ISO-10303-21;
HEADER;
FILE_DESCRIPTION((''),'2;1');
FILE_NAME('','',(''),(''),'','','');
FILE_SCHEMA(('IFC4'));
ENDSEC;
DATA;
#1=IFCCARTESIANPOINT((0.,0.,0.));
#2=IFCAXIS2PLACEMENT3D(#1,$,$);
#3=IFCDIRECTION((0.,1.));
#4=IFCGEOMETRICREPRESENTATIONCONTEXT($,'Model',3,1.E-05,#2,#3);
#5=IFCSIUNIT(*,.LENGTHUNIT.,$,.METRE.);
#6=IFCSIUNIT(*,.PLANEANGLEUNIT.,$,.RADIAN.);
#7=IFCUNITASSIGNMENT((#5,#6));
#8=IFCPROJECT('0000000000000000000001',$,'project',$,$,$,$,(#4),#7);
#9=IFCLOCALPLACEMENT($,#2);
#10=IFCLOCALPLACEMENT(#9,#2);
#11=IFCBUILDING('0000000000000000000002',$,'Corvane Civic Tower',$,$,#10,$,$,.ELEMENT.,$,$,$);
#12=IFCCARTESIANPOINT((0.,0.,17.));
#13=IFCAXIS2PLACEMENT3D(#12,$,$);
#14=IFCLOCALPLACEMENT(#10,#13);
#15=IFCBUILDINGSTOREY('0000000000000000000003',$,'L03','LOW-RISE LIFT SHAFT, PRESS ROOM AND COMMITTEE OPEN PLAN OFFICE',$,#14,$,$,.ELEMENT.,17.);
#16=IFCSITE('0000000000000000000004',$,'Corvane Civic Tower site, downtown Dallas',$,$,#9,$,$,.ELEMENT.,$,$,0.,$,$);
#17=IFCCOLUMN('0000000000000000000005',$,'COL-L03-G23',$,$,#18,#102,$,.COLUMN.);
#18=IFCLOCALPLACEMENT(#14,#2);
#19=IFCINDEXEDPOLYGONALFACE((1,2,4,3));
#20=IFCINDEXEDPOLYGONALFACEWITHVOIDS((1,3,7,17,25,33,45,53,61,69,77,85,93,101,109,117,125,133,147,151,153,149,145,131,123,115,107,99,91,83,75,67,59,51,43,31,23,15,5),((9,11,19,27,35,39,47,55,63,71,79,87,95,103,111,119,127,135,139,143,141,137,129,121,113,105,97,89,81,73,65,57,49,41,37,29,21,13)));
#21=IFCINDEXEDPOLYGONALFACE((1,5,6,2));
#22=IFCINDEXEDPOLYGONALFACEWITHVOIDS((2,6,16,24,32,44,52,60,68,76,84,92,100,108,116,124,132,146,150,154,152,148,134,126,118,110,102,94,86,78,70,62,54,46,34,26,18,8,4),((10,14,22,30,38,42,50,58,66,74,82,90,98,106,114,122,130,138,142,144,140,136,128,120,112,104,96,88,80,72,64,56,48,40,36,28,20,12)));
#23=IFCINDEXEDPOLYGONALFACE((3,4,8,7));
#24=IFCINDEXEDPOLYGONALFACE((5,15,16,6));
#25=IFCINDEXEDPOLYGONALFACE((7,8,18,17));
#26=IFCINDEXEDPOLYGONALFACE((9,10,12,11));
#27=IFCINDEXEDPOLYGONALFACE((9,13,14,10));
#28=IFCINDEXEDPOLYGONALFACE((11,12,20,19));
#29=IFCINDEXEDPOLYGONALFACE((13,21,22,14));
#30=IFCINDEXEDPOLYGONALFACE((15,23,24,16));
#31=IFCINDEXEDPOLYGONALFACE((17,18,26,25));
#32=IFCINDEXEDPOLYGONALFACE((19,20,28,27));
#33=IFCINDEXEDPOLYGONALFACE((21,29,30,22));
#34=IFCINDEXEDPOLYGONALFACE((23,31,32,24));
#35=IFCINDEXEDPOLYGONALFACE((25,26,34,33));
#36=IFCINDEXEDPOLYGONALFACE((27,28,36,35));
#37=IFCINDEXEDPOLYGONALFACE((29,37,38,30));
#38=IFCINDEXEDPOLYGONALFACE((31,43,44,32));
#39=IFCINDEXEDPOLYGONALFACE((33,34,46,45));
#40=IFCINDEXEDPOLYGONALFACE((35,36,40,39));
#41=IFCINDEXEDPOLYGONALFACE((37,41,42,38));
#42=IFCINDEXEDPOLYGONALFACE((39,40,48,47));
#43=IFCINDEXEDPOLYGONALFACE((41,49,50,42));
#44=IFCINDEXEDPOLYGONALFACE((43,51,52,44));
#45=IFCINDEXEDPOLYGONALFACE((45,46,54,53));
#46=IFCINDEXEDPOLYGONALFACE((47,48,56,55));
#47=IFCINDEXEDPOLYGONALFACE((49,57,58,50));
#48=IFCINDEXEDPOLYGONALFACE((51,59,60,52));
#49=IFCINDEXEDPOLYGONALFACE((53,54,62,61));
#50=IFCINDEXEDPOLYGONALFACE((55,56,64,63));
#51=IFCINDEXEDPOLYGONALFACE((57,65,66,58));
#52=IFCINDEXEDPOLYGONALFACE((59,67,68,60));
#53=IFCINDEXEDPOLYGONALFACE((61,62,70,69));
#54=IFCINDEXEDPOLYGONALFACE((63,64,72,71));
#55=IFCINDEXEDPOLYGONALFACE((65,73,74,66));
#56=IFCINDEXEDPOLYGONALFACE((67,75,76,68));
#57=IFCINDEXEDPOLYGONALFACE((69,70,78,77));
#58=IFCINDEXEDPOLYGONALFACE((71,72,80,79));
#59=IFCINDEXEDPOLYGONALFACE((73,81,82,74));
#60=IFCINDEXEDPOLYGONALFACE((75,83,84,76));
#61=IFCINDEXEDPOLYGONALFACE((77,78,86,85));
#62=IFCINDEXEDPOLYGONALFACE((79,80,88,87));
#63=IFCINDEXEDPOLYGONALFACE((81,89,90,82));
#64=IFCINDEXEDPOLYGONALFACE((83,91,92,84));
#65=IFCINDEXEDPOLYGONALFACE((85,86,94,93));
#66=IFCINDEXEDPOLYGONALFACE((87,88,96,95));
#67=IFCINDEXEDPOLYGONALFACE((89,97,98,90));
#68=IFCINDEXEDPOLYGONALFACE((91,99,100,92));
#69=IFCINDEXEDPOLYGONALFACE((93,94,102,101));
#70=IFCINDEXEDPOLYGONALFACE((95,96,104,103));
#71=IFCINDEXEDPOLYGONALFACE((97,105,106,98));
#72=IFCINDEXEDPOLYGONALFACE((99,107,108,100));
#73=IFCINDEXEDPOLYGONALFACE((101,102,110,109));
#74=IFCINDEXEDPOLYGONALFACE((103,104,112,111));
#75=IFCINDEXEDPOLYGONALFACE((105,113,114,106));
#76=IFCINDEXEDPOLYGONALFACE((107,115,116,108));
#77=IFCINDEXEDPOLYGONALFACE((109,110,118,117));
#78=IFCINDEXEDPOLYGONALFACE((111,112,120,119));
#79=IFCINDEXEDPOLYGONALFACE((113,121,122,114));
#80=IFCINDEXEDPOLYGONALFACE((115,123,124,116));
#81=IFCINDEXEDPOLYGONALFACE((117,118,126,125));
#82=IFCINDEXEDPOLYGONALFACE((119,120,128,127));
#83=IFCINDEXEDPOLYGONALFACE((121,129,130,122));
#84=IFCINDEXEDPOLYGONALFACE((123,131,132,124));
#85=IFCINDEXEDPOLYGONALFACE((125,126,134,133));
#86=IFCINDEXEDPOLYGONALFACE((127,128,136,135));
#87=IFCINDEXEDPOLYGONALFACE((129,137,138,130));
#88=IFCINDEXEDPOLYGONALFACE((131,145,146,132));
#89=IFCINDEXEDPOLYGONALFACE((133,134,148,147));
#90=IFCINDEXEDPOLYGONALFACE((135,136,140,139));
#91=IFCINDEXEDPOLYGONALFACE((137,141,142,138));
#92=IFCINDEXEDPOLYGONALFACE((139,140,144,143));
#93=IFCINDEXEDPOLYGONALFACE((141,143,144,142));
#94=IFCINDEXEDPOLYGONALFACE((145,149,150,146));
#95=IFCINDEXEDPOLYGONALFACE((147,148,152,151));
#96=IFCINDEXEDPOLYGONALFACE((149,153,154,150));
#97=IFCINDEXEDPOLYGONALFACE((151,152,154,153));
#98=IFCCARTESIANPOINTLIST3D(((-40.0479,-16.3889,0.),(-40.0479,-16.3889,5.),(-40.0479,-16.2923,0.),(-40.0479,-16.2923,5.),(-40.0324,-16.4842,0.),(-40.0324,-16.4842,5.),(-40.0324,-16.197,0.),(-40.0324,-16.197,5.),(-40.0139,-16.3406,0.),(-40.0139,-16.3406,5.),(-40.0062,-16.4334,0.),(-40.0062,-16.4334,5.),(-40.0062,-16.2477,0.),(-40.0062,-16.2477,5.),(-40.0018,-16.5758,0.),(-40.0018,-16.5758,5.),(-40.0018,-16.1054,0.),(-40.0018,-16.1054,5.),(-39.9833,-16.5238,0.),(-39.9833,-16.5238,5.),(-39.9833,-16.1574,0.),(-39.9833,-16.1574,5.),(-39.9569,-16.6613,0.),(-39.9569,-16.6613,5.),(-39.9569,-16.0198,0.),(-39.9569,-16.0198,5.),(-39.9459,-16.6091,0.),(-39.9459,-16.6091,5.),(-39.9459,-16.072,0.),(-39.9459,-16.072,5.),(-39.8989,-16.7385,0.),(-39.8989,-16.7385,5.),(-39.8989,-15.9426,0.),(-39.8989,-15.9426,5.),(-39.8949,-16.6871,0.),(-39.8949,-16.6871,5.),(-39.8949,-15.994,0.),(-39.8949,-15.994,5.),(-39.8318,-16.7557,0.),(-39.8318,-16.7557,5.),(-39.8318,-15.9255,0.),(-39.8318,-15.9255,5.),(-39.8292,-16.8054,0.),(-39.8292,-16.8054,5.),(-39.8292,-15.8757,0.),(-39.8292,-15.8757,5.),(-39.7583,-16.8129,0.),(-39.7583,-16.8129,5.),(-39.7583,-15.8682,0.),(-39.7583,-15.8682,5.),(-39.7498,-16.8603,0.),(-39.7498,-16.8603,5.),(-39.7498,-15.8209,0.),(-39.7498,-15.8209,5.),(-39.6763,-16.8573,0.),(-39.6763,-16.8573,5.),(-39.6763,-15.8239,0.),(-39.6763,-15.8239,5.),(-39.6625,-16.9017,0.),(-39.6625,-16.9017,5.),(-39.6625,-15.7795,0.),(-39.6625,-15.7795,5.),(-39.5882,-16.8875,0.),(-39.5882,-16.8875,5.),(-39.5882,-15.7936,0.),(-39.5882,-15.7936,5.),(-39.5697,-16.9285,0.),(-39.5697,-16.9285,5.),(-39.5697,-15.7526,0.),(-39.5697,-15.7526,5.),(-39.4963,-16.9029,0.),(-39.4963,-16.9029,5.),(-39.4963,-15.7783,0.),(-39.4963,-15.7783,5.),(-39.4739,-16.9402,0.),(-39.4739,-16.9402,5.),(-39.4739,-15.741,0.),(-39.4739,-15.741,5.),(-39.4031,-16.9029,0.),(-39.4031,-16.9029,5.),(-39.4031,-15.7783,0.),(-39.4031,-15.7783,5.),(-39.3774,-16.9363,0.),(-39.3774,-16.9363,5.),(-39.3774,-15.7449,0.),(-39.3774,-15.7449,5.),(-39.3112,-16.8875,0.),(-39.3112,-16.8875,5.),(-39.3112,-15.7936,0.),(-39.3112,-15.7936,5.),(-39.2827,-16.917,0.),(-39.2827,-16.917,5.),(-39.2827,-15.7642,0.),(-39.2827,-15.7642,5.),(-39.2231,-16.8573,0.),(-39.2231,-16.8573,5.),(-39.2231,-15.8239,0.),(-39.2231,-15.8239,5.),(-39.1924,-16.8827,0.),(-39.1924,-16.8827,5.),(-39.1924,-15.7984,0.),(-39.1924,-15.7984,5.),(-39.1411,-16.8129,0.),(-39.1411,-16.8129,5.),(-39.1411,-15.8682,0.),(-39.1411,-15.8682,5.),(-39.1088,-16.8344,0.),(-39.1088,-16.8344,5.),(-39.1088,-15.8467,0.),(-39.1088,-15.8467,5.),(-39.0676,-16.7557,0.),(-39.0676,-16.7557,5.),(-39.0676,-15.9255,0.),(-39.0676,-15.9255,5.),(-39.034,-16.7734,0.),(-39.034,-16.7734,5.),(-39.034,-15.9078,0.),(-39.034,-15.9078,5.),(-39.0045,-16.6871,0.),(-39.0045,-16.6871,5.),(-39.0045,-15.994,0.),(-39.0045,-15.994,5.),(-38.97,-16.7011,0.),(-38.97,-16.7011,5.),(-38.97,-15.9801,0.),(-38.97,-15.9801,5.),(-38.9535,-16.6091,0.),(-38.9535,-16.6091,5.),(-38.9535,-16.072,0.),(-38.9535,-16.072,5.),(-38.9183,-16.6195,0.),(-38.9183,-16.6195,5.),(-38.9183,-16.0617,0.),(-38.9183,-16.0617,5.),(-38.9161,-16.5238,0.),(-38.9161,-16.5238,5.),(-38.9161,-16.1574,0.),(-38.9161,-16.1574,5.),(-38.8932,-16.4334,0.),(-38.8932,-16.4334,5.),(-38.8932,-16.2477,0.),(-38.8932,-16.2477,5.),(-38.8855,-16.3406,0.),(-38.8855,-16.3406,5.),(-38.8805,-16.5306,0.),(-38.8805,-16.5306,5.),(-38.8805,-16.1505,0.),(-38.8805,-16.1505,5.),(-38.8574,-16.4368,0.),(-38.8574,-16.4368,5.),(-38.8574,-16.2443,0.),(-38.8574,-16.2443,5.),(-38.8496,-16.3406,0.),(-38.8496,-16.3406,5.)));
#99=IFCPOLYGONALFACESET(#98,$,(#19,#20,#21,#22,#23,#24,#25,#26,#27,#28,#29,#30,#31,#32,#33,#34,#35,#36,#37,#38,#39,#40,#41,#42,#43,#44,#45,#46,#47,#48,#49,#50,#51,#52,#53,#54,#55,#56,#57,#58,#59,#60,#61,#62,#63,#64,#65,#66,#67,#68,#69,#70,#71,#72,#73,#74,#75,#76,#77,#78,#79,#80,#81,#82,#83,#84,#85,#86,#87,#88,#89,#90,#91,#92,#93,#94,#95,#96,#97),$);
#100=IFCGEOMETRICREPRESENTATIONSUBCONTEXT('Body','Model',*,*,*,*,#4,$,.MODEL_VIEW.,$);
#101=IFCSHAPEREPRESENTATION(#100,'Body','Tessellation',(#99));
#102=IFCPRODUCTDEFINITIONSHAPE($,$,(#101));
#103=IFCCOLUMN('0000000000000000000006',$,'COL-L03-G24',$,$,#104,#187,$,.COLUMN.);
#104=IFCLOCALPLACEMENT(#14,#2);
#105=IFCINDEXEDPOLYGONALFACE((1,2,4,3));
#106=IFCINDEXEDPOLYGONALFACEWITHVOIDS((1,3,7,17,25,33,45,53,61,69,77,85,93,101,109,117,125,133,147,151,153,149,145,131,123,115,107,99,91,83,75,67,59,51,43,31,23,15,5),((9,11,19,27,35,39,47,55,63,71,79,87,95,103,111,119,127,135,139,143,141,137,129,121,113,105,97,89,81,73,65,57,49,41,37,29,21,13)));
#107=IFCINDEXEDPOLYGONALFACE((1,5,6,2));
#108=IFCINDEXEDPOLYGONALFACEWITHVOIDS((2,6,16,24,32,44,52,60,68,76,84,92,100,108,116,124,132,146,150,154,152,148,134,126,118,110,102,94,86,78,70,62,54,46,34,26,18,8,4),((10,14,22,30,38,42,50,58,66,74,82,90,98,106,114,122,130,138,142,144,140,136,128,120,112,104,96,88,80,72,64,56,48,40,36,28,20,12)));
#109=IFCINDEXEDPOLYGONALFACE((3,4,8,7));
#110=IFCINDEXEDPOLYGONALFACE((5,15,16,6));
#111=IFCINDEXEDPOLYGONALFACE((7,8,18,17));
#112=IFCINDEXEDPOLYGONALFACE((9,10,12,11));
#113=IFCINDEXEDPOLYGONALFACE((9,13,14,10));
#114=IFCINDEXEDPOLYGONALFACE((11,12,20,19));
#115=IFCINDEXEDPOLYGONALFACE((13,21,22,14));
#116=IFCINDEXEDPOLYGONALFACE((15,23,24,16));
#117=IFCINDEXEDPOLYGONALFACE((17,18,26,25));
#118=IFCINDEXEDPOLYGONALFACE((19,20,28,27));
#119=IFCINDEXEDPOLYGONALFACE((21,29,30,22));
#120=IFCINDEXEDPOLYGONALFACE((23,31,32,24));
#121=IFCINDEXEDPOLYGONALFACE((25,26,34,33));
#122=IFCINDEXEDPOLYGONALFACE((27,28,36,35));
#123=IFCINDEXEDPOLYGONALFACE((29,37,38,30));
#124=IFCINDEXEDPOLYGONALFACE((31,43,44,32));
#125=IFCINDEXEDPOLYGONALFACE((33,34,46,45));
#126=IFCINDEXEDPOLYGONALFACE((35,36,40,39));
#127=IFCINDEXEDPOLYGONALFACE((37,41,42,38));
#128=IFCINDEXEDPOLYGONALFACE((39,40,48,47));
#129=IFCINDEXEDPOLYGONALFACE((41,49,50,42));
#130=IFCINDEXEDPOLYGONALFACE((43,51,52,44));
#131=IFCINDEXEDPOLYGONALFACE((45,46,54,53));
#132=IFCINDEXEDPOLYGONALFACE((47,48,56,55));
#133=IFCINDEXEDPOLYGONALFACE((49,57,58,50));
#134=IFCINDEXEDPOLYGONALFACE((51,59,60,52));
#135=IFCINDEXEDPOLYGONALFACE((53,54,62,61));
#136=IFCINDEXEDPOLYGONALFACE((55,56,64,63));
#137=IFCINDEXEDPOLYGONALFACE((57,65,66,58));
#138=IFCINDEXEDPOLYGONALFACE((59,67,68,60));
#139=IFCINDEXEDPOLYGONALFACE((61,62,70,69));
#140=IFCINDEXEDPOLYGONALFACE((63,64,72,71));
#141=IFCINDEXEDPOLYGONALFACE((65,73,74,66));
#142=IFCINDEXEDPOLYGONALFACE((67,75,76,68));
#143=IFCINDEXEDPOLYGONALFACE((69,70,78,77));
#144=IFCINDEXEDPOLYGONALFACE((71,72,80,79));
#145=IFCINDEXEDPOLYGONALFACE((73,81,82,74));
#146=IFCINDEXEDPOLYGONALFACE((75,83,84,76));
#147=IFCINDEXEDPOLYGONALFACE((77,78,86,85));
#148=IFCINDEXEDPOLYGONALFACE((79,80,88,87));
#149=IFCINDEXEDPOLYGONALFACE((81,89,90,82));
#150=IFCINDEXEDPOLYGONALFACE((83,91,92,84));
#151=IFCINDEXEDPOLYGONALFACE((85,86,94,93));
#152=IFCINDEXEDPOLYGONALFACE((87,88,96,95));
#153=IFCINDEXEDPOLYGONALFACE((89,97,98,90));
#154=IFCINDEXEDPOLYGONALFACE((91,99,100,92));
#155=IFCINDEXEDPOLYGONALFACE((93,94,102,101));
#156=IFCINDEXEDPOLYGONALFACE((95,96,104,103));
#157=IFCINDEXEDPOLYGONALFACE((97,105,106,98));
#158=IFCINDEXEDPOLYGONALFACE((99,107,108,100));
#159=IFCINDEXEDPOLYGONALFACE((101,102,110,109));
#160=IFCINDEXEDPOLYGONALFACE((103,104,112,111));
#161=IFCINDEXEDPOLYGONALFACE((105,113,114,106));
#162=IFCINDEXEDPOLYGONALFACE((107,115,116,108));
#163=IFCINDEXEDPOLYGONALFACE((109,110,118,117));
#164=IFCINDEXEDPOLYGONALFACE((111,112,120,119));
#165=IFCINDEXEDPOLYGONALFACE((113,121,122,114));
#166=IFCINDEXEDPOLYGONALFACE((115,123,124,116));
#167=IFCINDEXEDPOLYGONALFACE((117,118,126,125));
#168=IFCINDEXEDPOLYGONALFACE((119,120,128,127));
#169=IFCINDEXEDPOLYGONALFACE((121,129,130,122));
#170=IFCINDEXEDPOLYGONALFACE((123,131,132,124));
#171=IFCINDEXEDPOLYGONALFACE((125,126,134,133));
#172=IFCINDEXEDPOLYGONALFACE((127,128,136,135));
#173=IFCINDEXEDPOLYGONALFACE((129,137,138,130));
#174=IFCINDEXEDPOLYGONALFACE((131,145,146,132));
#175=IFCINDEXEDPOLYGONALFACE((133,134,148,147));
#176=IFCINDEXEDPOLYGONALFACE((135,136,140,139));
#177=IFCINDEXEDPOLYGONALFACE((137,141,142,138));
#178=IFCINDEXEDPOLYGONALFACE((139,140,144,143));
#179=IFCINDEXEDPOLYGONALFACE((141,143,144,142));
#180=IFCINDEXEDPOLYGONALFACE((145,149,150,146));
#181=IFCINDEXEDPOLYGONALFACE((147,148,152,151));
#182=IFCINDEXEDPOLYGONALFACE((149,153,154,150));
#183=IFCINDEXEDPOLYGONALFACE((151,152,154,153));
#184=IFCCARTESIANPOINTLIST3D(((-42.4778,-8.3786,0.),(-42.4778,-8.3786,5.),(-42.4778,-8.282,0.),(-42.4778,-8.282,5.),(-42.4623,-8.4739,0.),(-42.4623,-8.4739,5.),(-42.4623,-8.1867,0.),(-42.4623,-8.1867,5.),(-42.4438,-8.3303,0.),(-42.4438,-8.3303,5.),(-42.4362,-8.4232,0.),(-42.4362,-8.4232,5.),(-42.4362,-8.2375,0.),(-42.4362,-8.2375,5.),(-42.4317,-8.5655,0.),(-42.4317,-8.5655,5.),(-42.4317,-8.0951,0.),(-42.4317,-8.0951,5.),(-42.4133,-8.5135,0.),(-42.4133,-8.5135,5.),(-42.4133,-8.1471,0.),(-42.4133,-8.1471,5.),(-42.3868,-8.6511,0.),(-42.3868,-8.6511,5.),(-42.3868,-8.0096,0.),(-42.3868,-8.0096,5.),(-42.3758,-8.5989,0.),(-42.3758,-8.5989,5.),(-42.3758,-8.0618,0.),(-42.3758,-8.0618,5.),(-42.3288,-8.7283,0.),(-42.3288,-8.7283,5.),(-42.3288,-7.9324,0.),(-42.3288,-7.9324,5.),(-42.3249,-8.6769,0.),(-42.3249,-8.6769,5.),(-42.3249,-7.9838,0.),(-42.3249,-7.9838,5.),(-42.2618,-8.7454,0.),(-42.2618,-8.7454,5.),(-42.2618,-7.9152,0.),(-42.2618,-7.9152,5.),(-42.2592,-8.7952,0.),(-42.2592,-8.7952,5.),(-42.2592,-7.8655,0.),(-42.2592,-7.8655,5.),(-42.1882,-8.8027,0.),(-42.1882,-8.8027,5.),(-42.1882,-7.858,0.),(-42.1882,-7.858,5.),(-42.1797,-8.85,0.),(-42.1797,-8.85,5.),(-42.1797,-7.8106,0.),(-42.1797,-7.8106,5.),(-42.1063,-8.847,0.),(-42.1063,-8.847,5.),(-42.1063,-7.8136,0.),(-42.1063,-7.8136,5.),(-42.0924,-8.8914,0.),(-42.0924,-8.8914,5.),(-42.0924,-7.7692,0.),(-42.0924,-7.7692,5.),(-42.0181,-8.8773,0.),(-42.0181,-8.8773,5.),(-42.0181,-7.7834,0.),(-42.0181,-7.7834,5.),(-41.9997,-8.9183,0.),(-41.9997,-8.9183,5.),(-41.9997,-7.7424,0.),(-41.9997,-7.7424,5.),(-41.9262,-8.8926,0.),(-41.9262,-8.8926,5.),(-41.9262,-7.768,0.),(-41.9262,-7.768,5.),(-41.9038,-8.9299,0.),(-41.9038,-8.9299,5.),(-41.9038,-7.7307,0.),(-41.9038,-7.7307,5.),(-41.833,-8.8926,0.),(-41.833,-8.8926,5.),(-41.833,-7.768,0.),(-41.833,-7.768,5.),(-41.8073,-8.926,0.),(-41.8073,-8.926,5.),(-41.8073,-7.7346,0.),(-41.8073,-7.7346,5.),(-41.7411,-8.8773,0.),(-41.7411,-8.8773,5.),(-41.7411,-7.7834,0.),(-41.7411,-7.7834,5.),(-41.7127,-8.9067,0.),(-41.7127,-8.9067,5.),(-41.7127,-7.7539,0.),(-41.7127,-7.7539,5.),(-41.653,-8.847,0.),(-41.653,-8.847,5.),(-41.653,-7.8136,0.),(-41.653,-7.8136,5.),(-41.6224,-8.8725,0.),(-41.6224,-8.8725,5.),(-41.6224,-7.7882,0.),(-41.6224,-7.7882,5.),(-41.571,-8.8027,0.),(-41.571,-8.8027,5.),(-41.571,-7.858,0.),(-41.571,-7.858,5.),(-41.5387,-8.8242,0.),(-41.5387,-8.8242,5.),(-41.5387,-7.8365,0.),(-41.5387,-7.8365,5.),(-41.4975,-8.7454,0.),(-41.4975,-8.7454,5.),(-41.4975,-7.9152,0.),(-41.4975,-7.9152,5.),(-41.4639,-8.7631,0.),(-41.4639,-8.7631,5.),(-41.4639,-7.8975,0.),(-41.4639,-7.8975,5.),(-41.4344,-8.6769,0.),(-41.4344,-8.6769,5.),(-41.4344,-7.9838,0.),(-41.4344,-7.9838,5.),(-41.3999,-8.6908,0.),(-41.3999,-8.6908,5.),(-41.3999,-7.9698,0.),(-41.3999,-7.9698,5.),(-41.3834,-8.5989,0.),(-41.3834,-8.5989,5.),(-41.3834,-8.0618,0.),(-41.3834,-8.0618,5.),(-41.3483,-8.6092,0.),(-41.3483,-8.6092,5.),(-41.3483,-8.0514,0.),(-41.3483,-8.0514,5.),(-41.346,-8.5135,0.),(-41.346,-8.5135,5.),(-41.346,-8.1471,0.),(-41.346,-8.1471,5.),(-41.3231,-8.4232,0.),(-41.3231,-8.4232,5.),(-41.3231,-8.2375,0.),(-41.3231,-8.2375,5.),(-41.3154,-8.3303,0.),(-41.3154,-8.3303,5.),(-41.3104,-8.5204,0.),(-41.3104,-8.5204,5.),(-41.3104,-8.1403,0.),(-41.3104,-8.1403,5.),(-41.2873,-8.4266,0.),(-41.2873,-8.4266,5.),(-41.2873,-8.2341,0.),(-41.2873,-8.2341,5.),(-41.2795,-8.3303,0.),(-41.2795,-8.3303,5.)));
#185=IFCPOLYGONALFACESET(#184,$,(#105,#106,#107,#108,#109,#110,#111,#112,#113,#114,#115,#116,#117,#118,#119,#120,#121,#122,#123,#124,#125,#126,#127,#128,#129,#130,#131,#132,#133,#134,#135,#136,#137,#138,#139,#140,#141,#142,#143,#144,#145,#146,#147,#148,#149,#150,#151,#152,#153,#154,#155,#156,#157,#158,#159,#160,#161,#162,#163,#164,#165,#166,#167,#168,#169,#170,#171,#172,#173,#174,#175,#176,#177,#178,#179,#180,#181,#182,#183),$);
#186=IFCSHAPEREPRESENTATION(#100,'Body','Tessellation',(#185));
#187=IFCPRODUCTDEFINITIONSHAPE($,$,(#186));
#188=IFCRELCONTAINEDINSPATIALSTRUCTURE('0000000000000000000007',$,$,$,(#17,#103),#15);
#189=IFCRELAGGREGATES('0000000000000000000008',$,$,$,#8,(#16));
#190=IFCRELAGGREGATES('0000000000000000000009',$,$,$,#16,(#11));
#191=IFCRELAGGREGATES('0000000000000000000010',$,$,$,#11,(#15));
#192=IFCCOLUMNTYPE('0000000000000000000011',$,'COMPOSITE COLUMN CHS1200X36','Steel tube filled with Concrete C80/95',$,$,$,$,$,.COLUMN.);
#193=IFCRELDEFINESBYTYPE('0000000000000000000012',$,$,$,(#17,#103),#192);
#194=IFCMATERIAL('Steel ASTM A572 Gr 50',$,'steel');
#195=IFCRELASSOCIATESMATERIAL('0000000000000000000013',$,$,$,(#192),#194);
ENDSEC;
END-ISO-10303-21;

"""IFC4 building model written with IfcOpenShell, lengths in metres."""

from ifc_helpers import new_model, si_unit, direction, frame, origin, origin_2d, place, context, subcontext, project, spatial, hollow_circle, extrude, material, material_profile, profile_set, type_object, element, save


model = new_model("IFC4")

# Units and contexts
model_context = context("Model", 3, precision=1e-05, world=origin(), true_north=direction((0.0, 1.0)))
body_context = subcontext(model_context, "Body", "Model", "MODEL_VIEW")
ifc_project = project(units=[si_unit("LENGTHUNIT", "METRE"), si_unit("PLANEANGLEUNIT", "RADIAN")], contexts=[model_context])

# Site, building, storey
site_placement = place(None, origin())
site = spatial("IfcSite", under=ifc_project, at=site_placement, Name="Corvane Civic Tower site, downtown Dallas", CompositionType="ELEMENT", RefElevation=0.0)
building_placement = place(site_placement, origin())
building = spatial("IfcBuilding", under=site, at=building_placement, Name="Corvane Civic Tower", CompositionType="ELEMENT")
storey_placement = place(building_placement, frame((0.0, 0.0, 17.0)))
storey = spatial("IfcBuildingStorey", under=building, at=storey_placement, Name="L03", Description="LOW-RISE LIFT SHAFT, PRESS ROOM AND COMMITTEE OPEN PLAN OFFICE", CompositionType="ELEMENT", Elevation=17.0)

# Columns
ifc_material_1 = material(Name="Steel ASTM A572 Gr 50", Category="steel")
ifc_material_profile_1 = material_profile(ifc_material_1, hollow_circle(Radius=0.6001, WallThickness=0.0359, at=origin_2d()), Name="CHS1200X36")
ifc_profile_set_1 = profile_set([ifc_material_profile_1], Name="Steel ASTM A572 Gr 50")
column_type_1 = type_object("IfcColumnType", Name="COMPOSITE COLUMN CHS1200X36", Description="Steel tube filled with Concrete C80/95", PredefinedType="COLUMN", material=ifc_profile_set_1)
for number, where, z_axis, x_axis, name in (
    (1, (-39.4497, -16.3406, 0.0), (0.0, 0.0, 1.0), (1.0, 0.0, 0.0), "COL-L03-G23"),
    (2, (-41.8796, -8.3303, 0.0), (0.0, 0.0, 1.0), (1.0, 0.0, 0.0), "COL-L03-G24"),
):
    element("IfcColumn", number, at=place(storey_placement, frame(where, z_axis=z_axis, x_axis=x_axis)), inside=storey, type_object=column_type_1, Name=name, PredefinedType="COLUMN", context=body_context, shape_type="SweptSolid", body=[
        extrude(hollow_circle(Radius=0.6001, WallThickness=0.0359, at=origin_2d()), origin(), (0.0, 0.0, 1.0), 5.0),
    ])

save(model, "model.ifc")
